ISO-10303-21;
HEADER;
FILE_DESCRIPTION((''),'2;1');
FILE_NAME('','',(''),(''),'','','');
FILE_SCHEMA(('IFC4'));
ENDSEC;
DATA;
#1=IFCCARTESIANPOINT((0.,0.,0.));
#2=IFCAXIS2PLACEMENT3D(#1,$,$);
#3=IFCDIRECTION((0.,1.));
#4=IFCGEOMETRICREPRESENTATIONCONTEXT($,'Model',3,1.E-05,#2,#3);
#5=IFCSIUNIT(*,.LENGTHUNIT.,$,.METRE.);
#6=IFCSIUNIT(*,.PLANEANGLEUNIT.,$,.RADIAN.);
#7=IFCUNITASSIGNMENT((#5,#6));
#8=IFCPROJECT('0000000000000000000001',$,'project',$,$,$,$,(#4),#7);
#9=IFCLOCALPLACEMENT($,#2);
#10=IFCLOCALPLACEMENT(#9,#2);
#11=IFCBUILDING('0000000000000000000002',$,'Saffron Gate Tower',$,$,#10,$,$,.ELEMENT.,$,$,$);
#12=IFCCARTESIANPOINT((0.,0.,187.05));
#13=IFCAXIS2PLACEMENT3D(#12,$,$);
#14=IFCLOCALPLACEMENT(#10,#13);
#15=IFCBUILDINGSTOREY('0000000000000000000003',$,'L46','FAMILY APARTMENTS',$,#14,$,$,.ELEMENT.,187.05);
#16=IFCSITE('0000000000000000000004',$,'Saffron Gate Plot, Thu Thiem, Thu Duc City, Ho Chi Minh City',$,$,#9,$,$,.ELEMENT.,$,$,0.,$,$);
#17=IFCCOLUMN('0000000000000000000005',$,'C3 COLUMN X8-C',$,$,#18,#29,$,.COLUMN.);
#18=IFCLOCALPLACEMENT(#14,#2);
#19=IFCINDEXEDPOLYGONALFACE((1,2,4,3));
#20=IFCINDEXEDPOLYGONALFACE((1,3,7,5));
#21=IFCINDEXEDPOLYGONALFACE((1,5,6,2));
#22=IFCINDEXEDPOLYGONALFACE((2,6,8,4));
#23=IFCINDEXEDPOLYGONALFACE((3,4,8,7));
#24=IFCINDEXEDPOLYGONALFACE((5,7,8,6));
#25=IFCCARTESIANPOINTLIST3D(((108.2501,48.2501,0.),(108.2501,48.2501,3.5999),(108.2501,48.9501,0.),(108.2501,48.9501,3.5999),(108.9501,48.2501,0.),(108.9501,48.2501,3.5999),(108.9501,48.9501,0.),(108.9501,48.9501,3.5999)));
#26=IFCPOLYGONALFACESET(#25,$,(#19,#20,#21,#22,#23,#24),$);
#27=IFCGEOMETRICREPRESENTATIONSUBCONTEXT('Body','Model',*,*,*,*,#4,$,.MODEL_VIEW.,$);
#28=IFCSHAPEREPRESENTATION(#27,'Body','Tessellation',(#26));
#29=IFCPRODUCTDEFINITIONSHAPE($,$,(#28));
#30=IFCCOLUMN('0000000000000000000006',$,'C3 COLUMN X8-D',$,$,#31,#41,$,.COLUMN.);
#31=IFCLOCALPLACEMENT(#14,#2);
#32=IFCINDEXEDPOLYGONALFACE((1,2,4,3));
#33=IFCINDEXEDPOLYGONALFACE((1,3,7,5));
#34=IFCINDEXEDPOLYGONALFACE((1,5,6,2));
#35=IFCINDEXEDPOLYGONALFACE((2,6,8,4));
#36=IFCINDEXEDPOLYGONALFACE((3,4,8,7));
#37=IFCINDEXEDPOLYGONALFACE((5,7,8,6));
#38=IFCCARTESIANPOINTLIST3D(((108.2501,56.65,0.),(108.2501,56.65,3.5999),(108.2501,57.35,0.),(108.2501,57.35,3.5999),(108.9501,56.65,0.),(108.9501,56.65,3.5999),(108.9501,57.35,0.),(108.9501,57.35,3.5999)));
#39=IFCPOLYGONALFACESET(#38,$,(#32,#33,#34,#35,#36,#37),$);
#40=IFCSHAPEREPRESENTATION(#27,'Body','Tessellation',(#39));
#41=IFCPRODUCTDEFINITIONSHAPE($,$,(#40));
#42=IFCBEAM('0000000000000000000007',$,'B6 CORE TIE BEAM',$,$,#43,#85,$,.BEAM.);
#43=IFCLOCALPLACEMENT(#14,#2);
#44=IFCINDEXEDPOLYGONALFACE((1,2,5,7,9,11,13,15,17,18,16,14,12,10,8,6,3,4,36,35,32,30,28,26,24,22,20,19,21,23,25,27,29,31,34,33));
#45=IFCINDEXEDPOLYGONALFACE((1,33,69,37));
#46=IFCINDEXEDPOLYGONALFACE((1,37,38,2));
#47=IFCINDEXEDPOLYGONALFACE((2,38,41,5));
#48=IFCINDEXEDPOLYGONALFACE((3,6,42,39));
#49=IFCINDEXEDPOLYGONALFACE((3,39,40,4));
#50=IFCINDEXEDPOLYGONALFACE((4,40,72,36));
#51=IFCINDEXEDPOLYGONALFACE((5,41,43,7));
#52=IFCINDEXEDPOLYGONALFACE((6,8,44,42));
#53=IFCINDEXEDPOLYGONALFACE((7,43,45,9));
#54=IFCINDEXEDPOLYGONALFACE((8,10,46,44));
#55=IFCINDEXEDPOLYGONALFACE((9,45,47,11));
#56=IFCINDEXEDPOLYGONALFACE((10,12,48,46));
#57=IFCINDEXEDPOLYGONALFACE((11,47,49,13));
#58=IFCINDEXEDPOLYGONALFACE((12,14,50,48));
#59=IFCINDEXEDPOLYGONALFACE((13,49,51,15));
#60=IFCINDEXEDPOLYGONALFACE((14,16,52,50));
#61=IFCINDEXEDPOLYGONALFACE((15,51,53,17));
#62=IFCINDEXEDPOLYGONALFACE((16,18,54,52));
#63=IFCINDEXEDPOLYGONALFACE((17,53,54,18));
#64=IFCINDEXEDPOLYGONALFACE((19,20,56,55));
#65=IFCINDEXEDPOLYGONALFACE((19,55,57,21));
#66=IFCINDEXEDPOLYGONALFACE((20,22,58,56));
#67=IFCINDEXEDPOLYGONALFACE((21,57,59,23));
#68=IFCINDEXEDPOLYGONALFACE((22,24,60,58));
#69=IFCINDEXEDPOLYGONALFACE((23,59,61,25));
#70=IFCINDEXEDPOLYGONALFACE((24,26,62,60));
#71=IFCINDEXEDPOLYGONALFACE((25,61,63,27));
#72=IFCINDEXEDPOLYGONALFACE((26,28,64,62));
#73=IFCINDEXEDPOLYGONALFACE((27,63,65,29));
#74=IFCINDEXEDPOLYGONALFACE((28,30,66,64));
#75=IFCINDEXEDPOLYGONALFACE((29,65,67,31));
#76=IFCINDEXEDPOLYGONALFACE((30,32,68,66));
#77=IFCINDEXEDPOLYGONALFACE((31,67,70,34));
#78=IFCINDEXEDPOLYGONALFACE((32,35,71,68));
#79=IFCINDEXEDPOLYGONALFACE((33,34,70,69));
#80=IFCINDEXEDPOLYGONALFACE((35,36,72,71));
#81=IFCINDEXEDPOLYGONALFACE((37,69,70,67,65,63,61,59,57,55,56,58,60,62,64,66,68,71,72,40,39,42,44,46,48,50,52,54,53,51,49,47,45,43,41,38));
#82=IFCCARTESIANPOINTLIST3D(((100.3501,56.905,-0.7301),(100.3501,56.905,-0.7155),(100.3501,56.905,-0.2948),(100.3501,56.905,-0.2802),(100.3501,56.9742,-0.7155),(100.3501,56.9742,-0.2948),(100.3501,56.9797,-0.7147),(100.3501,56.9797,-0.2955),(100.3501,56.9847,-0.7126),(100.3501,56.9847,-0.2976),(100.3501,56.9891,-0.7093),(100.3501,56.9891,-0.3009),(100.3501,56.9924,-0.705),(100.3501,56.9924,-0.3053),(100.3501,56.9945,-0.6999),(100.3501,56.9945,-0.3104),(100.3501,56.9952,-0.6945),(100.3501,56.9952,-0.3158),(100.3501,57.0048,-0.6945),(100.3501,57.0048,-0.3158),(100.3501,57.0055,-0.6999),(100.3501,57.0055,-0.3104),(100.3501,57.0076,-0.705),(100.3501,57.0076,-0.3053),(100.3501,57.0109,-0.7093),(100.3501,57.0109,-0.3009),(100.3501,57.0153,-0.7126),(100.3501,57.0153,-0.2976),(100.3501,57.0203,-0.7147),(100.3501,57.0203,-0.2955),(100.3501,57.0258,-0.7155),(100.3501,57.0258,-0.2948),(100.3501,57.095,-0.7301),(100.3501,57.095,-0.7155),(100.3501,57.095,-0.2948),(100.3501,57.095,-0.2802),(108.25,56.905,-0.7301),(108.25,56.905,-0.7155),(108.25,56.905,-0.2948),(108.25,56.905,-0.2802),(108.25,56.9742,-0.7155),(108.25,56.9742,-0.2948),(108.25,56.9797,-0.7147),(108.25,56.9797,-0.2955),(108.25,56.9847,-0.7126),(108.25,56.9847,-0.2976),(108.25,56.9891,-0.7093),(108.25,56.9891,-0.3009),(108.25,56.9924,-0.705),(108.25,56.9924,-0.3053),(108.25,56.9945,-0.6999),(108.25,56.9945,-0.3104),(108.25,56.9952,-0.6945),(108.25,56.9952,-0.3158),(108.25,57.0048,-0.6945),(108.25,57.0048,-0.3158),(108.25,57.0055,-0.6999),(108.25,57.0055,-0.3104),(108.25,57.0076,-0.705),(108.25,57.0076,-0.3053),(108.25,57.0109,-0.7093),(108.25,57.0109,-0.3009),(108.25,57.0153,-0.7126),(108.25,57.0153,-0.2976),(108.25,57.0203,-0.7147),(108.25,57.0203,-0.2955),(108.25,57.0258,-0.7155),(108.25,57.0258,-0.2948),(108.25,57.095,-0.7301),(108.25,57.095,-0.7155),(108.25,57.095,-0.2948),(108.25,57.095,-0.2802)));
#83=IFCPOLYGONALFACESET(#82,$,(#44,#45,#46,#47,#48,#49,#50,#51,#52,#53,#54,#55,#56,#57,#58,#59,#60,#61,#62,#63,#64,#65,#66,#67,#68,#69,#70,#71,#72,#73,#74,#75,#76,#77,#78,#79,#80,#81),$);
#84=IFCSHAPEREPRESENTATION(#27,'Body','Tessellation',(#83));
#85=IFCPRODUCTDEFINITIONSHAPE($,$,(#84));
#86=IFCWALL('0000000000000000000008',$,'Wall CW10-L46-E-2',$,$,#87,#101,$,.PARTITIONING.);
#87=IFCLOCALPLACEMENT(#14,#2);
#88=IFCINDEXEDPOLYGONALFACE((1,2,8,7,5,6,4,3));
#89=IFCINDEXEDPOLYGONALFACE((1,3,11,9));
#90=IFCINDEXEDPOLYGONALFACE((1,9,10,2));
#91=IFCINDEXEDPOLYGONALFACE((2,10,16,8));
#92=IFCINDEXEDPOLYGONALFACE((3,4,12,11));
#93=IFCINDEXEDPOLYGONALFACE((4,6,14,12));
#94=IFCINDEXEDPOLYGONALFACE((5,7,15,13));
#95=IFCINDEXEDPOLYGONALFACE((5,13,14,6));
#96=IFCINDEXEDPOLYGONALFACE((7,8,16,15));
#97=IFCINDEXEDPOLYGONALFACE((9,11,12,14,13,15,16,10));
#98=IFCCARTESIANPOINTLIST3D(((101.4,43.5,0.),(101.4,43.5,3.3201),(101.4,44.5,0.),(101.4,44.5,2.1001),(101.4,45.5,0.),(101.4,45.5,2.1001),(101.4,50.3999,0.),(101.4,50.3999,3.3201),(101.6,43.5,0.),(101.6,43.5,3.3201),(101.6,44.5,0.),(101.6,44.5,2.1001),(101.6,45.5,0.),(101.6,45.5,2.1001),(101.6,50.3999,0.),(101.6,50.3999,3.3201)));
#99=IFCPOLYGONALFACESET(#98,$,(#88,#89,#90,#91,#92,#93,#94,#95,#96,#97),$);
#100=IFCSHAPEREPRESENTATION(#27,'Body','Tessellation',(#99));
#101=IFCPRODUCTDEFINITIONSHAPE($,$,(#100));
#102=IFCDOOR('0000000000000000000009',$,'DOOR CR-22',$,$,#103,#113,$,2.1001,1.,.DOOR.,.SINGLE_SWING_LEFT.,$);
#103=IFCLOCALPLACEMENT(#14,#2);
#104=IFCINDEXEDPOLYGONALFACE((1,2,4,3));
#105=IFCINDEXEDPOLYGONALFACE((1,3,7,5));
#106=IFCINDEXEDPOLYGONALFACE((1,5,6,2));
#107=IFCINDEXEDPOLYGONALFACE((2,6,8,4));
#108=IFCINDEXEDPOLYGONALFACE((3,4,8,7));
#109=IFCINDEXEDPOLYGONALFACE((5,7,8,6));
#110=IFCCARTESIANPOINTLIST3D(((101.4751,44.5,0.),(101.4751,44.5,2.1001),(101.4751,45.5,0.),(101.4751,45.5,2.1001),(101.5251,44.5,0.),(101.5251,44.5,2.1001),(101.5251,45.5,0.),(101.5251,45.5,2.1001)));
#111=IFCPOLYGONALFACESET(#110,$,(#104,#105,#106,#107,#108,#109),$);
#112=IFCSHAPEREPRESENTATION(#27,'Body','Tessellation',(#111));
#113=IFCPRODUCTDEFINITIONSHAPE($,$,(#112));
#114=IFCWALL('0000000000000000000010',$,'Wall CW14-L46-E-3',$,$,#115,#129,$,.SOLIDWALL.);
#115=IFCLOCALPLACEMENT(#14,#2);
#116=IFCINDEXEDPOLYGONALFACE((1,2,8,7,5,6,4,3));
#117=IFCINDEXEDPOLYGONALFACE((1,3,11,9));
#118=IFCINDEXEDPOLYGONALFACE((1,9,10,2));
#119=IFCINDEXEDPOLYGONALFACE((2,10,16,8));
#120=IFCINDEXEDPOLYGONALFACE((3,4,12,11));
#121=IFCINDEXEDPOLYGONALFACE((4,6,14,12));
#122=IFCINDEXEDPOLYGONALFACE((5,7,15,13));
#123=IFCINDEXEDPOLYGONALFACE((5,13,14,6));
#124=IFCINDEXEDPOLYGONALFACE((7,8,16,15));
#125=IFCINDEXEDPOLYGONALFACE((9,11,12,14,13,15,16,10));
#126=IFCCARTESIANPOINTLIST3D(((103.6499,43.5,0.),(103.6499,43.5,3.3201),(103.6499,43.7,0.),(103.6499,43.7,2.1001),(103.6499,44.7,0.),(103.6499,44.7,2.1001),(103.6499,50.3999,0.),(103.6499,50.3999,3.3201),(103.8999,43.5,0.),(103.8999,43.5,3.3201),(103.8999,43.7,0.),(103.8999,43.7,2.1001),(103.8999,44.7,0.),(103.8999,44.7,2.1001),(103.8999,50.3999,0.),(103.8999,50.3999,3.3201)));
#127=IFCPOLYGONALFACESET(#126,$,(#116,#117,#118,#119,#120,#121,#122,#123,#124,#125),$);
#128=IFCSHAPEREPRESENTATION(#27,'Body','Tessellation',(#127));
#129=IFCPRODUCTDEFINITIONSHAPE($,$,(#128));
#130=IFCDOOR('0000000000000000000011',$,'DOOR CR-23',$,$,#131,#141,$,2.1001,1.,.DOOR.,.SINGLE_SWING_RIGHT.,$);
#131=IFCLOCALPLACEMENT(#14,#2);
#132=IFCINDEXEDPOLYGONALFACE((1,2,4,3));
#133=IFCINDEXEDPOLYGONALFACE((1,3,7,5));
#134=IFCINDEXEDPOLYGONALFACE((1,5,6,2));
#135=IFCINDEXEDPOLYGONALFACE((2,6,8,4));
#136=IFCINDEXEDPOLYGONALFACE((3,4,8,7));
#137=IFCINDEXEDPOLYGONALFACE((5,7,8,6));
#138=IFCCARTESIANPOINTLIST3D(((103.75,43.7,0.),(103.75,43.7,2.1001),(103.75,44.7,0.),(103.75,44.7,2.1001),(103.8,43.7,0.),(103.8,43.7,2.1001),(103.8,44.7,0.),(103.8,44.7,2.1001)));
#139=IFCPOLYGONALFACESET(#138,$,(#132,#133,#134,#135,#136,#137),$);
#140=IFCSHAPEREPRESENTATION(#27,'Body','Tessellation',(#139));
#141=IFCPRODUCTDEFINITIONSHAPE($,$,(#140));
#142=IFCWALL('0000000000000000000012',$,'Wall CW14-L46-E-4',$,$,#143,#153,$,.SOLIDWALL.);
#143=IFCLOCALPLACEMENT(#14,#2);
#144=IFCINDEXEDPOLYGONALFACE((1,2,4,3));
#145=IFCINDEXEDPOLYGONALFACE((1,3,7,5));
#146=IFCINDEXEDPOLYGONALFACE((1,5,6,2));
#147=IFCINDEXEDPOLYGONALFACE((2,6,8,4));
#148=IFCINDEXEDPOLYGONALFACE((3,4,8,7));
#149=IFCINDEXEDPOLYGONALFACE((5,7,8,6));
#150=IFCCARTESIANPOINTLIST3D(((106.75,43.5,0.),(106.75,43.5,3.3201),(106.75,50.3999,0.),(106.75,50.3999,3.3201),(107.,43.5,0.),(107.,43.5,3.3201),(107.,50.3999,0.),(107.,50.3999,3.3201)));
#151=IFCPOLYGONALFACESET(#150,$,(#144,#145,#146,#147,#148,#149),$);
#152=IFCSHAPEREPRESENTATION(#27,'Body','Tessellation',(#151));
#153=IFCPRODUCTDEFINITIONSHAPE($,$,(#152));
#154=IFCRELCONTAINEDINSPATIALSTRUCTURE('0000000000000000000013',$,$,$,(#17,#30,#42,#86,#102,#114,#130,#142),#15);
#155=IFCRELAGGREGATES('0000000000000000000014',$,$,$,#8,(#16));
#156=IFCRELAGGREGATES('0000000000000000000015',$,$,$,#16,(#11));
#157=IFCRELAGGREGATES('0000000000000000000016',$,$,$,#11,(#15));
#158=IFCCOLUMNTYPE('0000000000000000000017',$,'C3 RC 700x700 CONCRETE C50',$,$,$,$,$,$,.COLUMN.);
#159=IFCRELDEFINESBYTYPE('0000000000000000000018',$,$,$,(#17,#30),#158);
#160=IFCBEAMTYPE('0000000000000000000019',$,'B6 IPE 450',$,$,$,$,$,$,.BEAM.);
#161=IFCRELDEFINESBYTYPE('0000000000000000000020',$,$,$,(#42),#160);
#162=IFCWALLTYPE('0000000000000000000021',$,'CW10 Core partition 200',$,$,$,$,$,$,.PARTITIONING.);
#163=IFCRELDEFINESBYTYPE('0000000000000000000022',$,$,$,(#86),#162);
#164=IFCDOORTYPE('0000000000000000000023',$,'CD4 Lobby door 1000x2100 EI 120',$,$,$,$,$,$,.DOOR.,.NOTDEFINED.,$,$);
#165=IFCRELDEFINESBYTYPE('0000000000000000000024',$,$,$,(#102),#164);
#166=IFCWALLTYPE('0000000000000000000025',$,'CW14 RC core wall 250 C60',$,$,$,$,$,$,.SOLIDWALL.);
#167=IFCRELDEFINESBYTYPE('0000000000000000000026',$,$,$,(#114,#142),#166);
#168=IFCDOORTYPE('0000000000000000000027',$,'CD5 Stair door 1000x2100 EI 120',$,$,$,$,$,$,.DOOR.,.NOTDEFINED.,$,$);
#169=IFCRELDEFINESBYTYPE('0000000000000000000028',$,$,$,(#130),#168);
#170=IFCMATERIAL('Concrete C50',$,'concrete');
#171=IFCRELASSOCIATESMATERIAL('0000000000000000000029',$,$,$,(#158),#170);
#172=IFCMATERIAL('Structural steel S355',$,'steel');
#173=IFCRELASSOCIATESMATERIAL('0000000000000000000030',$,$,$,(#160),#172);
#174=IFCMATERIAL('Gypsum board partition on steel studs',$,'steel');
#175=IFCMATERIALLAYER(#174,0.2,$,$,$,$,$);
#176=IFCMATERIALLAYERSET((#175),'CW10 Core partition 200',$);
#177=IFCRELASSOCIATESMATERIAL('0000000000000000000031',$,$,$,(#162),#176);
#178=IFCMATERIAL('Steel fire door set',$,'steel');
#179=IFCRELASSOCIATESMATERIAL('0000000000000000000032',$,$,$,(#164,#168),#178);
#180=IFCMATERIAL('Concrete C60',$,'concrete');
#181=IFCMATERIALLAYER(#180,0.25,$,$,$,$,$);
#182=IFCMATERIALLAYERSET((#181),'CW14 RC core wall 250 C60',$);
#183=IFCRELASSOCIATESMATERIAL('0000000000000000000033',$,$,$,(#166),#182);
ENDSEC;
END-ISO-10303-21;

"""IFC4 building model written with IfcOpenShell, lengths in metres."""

from ifc_helpers import new_model, si_unit, direction, frame, frame_2d, origin, origin_2d, place, context, subcontext, project, spatial, rectangle, i_section, extrude, material, layer, layer_set, material_profile, profile_set, type_object, element, fill, save


model = new_model("IFC4")

# Units and contexts
model_context = context("Model", 3, precision=1e-05, world=origin(), true_north=direction((0.0, 1.0)))
body_context = subcontext(model_context, "Body", "Model", "MODEL_VIEW")
ifc_project = project(units=[si_unit("LENGTHUNIT", "METRE"), si_unit("PLANEANGLEUNIT", "RADIAN")], contexts=[model_context])

# Site, building, storey
site_placement = place(None, origin())
site = spatial("IfcSite", under=ifc_project, at=site_placement, Name="Saffron Gate Plot, Thu Thiem, Thu Duc City, Ho Chi Minh City", CompositionType="ELEMENT", RefElevation=0.0)
building_placement = place(site_placement, origin())
building = spatial("IfcBuilding", under=site, at=building_placement, Name="Saffron Gate Tower", CompositionType="ELEMENT")
storey_placement = place(building_placement, frame((0.0, 0.0, 187.05)))
storey = spatial("IfcBuildingStorey", under=building, at=storey_placement, Name="L46", Description="FAMILY APARTMENTS", CompositionType="ELEMENT", Elevation=187.05)

# Columns
ifc_material_1 = material(Name="Concrete C50", Category="concrete")
ifc_material_profile_1 = material_profile(ifc_material_1, rectangle(XDim=0.7, YDim=0.7, at=origin_2d()))
ifc_profile_set_1 = profile_set([ifc_material_profile_1], Name="Concrete C50")
column_type = type_object("IfcColumnType", Name="C3 RC 700x700 CONCRETE C50", PredefinedType="COLUMN", material=ifc_profile_set_1)
for number, where, z_axis, x_axis, name in (
    (1, (108.6001, 48.6001, 0.0), (0.0, 0.0, 1.0), (1.0, 0.0, 0.0), "C3 COLUMN X8-C"),
    (2, (108.6001, 57.0, 0.0), (0.0, 0.0, 1.0), (1.0, 0.0, 0.0), "C3 COLUMN X8-D"),
):
    element("IfcColumn", number, at=place(storey_placement, frame(where, z_axis=z_axis, x_axis=x_axis)), inside=storey, type_object=column_type, Name=name, PredefinedType="COLUMN", context=body_context, shape_type="SweptSolid", body=[
        extrude(rectangle(XDim=0.7, YDim=0.7, at=origin_2d()), origin(), (0.0, 0.0, 1.0), 3.5999),
    ])

# Beam
ifc_material_2 = material(Name="Structural steel S355", Category="steel")
ifc_material_profile_2 = material_profile(ifc_material_2, i_section(OverallWidth=0.1899, OverallDepth=0.45, WebThickness=0.0095, FlangeThickness=0.0146, FilletRadius=0.021, at=origin_2d()))
ifc_profile_set_2 = profile_set([ifc_material_profile_2], Name="Structural steel S355")
beam_type = type_object("IfcBeamType", Name="B6 IPE 450", PredefinedType="BEAM", material=ifc_profile_set_2)
beam_placement = place(storey_placement, frame((108.25, 57.0, -0.5051), z_axis=(-1.0, 0.0, 0.0), x_axis=(0.0, -1.0, 0.0)))
element("IfcBeam", 3, at=beam_placement, inside=storey, type_object=beam_type, Name="B6 CORE TIE BEAM", PredefinedType="BEAM", context=body_context, shape_type="SweptSolid", body=[
    extrude(i_section(OverallWidth=0.1899, OverallDepth=0.45, WebThickness=0.0095, FlangeThickness=0.0146, FilletRadius=0.021, at=origin_2d()), origin(), (0.0, 0.0, 1.0), 7.8999),
])

# Walls, openings, doors
ifc_material_3 = material(Name="Gypsum board partition on steel studs", Category="steel")
ifc_layer_1 = layer(ifc_material_3, 0.2)
ifc_layer_set_1 = layer_set([ifc_layer_1], Name="CW10 Core partition 200")
wall_type_1 = type_object("IfcWallType", Name="CW10 Core partition 200", PredefinedType="PARTITIONING", material=ifc_layer_set_1)
wall_1_placement = place(storey_placement, frame((101.5, 43.5, 0.0), z_axis=(0.0, 0.0, 1.0), x_axis=(0.0, 1.0, 0.0)))
wall_1 = element("IfcWall", 4, at=wall_1_placement, inside=storey, type_object=wall_type_1, Name="Wall CW10-L46-E-2", PredefinedType="PARTITIONING", context=body_context, shape_type="SweptSolid", body=[
    extrude(rectangle(XDim=6.8999, YDim=0.2, at=frame_2d((3.45, 0.0))), origin(), (0.0, 0.0, 1.0), 3.3201),
])
opening_1_placement = place(wall_1_placement, frame((1.0, 0.0, 0.0)))
opening_1 = element("IfcOpeningElement", 5, at=opening_1_placement, cuts=wall_1, PredefinedType="OPENING", context=body_context, shape_type="SweptSolid", body=[
    extrude(rectangle(XDim=1.0, YDim=2.1001, at=frame_2d((0.5, 1.05))), frame((0.0, 0.1099, 0.0), z_axis=(0.0, -1.0, 0.0), x_axis=(1.0, 0.0, 0.0)), (0.0, 0.0, 1.0), 0.22),
])
ifc_material_4 = material(Name="Steel fire door set", Category="steel")
door_type_1 = type_object("IfcDoorType", Name="CD4 Lobby door 1000x2100 EI 120", OperationType="NOTDEFINED", PredefinedType="DOOR", material=ifc_material_4)
door_1_placement = place(opening_1_placement, origin())
door_1 = element("IfcDoor", 6, at=door_1_placement, inside=storey, type_object=door_type_1, Name="DOOR CR-22", OperationType="SINGLE_SWING_LEFT", OverallHeight=2.1001, OverallWidth=1.0, PredefinedType="DOOR", context=body_context, shape_type="SweptSolid", body=[
    extrude(rectangle(XDim=1.0, YDim=2.1001, at=frame_2d((0.5, 1.05))), frame((0.0, 0.0249, 0.0), z_axis=(0.0, -1.0, 0.0), x_axis=(1.0, 0.0, 0.0)), (0.0, 0.0, 1.0), 0.05),
])
fill(opening_1, door_1)
ifc_material_5 = material(Name="Concrete C60", Category="concrete")
ifc_layer_2 = layer(ifc_material_5, 0.25)
ifc_layer_set_2 = layer_set([ifc_layer_2], Name="CW14 RC core wall 250 C60")
wall_type_2 = type_object("IfcWallType", Name="CW14 RC core wall 250 C60", PredefinedType="SOLIDWALL", material=ifc_layer_set_2)
wall_2_placement = place(storey_placement, frame((103.7749, 43.5, 0.0), z_axis=(0.0, 0.0, 1.0), x_axis=(0.0, 1.0, 0.0)))
wall_2 = element("IfcWall", 7, at=wall_2_placement, inside=storey, type_object=wall_type_2, Name="Wall CW14-L46-E-3", PredefinedType="SOLIDWALL", context=body_context, shape_type="SweptSolid", body=[
    extrude(rectangle(XDim=6.8999, YDim=0.25, at=frame_2d((3.45, 0.0))), origin(), (0.0, 0.0, 1.0), 3.3201),
])
opening_2_placement = place(wall_2_placement, frame((0.2, 0.0, 0.0)))
opening_2 = element("IfcOpeningElement", 8, at=opening_2_placement, cuts=wall_2, PredefinedType="OPENING", context=body_context, shape_type="SweptSolid", body=[
    extrude(rectangle(XDim=1.0, YDim=2.1001, at=frame_2d((0.5, 1.05))), frame((0.0, 0.135, 0.0), z_axis=(0.0, -1.0, 0.0), x_axis=(1.0, 0.0, 0.0)), (0.0, 0.0, 1.0), 0.27),
])
door_type_2 = type_object("IfcDoorType", Name="CD5 Stair door 1000x2100 EI 120", OperationType="NOTDEFINED", PredefinedType="DOOR", material=ifc_material_4)
door_2_placement = place(opening_2_placement, origin())
door_2 = element("IfcDoor", 9, at=door_2_placement, inside=storey, type_object=door_type_2, Name="DOOR CR-23", OperationType="SINGLE_SWING_RIGHT", OverallHeight=2.1001, OverallWidth=1.0, PredefinedType="DOOR", context=body_context, shape_type="SweptSolid", body=[
    extrude(rectangle(XDim=1.0, YDim=2.1001, at=frame_2d((0.5, 1.05))), frame((0.0, 0.0249, 0.0), z_axis=(0.0, -1.0, 0.0), x_axis=(1.0, 0.0, 0.0)), (0.0, 0.0, 1.0), 0.05),
])
fill(opening_2, door_2)

# Wall
wall_3_placement = place(storey_placement, frame((106.875, 43.5, 0.0), z_axis=(0.0, 0.0, 1.0), x_axis=(0.0, 1.0, 0.0)))
element("IfcWall", 10, at=wall_3_placement, inside=storey, type_object=wall_type_2, Name="Wall CW14-L46-E-4", PredefinedType="SOLIDWALL", context=body_context, shape_type="SweptSolid", body=[
    extrude(rectangle(XDim=6.8999, YDim=0.25, at=frame_2d((3.45, 0.0))), origin(), (0.0, 0.0, 1.0), 3.3201),
])

save(model, "model.ifc")
